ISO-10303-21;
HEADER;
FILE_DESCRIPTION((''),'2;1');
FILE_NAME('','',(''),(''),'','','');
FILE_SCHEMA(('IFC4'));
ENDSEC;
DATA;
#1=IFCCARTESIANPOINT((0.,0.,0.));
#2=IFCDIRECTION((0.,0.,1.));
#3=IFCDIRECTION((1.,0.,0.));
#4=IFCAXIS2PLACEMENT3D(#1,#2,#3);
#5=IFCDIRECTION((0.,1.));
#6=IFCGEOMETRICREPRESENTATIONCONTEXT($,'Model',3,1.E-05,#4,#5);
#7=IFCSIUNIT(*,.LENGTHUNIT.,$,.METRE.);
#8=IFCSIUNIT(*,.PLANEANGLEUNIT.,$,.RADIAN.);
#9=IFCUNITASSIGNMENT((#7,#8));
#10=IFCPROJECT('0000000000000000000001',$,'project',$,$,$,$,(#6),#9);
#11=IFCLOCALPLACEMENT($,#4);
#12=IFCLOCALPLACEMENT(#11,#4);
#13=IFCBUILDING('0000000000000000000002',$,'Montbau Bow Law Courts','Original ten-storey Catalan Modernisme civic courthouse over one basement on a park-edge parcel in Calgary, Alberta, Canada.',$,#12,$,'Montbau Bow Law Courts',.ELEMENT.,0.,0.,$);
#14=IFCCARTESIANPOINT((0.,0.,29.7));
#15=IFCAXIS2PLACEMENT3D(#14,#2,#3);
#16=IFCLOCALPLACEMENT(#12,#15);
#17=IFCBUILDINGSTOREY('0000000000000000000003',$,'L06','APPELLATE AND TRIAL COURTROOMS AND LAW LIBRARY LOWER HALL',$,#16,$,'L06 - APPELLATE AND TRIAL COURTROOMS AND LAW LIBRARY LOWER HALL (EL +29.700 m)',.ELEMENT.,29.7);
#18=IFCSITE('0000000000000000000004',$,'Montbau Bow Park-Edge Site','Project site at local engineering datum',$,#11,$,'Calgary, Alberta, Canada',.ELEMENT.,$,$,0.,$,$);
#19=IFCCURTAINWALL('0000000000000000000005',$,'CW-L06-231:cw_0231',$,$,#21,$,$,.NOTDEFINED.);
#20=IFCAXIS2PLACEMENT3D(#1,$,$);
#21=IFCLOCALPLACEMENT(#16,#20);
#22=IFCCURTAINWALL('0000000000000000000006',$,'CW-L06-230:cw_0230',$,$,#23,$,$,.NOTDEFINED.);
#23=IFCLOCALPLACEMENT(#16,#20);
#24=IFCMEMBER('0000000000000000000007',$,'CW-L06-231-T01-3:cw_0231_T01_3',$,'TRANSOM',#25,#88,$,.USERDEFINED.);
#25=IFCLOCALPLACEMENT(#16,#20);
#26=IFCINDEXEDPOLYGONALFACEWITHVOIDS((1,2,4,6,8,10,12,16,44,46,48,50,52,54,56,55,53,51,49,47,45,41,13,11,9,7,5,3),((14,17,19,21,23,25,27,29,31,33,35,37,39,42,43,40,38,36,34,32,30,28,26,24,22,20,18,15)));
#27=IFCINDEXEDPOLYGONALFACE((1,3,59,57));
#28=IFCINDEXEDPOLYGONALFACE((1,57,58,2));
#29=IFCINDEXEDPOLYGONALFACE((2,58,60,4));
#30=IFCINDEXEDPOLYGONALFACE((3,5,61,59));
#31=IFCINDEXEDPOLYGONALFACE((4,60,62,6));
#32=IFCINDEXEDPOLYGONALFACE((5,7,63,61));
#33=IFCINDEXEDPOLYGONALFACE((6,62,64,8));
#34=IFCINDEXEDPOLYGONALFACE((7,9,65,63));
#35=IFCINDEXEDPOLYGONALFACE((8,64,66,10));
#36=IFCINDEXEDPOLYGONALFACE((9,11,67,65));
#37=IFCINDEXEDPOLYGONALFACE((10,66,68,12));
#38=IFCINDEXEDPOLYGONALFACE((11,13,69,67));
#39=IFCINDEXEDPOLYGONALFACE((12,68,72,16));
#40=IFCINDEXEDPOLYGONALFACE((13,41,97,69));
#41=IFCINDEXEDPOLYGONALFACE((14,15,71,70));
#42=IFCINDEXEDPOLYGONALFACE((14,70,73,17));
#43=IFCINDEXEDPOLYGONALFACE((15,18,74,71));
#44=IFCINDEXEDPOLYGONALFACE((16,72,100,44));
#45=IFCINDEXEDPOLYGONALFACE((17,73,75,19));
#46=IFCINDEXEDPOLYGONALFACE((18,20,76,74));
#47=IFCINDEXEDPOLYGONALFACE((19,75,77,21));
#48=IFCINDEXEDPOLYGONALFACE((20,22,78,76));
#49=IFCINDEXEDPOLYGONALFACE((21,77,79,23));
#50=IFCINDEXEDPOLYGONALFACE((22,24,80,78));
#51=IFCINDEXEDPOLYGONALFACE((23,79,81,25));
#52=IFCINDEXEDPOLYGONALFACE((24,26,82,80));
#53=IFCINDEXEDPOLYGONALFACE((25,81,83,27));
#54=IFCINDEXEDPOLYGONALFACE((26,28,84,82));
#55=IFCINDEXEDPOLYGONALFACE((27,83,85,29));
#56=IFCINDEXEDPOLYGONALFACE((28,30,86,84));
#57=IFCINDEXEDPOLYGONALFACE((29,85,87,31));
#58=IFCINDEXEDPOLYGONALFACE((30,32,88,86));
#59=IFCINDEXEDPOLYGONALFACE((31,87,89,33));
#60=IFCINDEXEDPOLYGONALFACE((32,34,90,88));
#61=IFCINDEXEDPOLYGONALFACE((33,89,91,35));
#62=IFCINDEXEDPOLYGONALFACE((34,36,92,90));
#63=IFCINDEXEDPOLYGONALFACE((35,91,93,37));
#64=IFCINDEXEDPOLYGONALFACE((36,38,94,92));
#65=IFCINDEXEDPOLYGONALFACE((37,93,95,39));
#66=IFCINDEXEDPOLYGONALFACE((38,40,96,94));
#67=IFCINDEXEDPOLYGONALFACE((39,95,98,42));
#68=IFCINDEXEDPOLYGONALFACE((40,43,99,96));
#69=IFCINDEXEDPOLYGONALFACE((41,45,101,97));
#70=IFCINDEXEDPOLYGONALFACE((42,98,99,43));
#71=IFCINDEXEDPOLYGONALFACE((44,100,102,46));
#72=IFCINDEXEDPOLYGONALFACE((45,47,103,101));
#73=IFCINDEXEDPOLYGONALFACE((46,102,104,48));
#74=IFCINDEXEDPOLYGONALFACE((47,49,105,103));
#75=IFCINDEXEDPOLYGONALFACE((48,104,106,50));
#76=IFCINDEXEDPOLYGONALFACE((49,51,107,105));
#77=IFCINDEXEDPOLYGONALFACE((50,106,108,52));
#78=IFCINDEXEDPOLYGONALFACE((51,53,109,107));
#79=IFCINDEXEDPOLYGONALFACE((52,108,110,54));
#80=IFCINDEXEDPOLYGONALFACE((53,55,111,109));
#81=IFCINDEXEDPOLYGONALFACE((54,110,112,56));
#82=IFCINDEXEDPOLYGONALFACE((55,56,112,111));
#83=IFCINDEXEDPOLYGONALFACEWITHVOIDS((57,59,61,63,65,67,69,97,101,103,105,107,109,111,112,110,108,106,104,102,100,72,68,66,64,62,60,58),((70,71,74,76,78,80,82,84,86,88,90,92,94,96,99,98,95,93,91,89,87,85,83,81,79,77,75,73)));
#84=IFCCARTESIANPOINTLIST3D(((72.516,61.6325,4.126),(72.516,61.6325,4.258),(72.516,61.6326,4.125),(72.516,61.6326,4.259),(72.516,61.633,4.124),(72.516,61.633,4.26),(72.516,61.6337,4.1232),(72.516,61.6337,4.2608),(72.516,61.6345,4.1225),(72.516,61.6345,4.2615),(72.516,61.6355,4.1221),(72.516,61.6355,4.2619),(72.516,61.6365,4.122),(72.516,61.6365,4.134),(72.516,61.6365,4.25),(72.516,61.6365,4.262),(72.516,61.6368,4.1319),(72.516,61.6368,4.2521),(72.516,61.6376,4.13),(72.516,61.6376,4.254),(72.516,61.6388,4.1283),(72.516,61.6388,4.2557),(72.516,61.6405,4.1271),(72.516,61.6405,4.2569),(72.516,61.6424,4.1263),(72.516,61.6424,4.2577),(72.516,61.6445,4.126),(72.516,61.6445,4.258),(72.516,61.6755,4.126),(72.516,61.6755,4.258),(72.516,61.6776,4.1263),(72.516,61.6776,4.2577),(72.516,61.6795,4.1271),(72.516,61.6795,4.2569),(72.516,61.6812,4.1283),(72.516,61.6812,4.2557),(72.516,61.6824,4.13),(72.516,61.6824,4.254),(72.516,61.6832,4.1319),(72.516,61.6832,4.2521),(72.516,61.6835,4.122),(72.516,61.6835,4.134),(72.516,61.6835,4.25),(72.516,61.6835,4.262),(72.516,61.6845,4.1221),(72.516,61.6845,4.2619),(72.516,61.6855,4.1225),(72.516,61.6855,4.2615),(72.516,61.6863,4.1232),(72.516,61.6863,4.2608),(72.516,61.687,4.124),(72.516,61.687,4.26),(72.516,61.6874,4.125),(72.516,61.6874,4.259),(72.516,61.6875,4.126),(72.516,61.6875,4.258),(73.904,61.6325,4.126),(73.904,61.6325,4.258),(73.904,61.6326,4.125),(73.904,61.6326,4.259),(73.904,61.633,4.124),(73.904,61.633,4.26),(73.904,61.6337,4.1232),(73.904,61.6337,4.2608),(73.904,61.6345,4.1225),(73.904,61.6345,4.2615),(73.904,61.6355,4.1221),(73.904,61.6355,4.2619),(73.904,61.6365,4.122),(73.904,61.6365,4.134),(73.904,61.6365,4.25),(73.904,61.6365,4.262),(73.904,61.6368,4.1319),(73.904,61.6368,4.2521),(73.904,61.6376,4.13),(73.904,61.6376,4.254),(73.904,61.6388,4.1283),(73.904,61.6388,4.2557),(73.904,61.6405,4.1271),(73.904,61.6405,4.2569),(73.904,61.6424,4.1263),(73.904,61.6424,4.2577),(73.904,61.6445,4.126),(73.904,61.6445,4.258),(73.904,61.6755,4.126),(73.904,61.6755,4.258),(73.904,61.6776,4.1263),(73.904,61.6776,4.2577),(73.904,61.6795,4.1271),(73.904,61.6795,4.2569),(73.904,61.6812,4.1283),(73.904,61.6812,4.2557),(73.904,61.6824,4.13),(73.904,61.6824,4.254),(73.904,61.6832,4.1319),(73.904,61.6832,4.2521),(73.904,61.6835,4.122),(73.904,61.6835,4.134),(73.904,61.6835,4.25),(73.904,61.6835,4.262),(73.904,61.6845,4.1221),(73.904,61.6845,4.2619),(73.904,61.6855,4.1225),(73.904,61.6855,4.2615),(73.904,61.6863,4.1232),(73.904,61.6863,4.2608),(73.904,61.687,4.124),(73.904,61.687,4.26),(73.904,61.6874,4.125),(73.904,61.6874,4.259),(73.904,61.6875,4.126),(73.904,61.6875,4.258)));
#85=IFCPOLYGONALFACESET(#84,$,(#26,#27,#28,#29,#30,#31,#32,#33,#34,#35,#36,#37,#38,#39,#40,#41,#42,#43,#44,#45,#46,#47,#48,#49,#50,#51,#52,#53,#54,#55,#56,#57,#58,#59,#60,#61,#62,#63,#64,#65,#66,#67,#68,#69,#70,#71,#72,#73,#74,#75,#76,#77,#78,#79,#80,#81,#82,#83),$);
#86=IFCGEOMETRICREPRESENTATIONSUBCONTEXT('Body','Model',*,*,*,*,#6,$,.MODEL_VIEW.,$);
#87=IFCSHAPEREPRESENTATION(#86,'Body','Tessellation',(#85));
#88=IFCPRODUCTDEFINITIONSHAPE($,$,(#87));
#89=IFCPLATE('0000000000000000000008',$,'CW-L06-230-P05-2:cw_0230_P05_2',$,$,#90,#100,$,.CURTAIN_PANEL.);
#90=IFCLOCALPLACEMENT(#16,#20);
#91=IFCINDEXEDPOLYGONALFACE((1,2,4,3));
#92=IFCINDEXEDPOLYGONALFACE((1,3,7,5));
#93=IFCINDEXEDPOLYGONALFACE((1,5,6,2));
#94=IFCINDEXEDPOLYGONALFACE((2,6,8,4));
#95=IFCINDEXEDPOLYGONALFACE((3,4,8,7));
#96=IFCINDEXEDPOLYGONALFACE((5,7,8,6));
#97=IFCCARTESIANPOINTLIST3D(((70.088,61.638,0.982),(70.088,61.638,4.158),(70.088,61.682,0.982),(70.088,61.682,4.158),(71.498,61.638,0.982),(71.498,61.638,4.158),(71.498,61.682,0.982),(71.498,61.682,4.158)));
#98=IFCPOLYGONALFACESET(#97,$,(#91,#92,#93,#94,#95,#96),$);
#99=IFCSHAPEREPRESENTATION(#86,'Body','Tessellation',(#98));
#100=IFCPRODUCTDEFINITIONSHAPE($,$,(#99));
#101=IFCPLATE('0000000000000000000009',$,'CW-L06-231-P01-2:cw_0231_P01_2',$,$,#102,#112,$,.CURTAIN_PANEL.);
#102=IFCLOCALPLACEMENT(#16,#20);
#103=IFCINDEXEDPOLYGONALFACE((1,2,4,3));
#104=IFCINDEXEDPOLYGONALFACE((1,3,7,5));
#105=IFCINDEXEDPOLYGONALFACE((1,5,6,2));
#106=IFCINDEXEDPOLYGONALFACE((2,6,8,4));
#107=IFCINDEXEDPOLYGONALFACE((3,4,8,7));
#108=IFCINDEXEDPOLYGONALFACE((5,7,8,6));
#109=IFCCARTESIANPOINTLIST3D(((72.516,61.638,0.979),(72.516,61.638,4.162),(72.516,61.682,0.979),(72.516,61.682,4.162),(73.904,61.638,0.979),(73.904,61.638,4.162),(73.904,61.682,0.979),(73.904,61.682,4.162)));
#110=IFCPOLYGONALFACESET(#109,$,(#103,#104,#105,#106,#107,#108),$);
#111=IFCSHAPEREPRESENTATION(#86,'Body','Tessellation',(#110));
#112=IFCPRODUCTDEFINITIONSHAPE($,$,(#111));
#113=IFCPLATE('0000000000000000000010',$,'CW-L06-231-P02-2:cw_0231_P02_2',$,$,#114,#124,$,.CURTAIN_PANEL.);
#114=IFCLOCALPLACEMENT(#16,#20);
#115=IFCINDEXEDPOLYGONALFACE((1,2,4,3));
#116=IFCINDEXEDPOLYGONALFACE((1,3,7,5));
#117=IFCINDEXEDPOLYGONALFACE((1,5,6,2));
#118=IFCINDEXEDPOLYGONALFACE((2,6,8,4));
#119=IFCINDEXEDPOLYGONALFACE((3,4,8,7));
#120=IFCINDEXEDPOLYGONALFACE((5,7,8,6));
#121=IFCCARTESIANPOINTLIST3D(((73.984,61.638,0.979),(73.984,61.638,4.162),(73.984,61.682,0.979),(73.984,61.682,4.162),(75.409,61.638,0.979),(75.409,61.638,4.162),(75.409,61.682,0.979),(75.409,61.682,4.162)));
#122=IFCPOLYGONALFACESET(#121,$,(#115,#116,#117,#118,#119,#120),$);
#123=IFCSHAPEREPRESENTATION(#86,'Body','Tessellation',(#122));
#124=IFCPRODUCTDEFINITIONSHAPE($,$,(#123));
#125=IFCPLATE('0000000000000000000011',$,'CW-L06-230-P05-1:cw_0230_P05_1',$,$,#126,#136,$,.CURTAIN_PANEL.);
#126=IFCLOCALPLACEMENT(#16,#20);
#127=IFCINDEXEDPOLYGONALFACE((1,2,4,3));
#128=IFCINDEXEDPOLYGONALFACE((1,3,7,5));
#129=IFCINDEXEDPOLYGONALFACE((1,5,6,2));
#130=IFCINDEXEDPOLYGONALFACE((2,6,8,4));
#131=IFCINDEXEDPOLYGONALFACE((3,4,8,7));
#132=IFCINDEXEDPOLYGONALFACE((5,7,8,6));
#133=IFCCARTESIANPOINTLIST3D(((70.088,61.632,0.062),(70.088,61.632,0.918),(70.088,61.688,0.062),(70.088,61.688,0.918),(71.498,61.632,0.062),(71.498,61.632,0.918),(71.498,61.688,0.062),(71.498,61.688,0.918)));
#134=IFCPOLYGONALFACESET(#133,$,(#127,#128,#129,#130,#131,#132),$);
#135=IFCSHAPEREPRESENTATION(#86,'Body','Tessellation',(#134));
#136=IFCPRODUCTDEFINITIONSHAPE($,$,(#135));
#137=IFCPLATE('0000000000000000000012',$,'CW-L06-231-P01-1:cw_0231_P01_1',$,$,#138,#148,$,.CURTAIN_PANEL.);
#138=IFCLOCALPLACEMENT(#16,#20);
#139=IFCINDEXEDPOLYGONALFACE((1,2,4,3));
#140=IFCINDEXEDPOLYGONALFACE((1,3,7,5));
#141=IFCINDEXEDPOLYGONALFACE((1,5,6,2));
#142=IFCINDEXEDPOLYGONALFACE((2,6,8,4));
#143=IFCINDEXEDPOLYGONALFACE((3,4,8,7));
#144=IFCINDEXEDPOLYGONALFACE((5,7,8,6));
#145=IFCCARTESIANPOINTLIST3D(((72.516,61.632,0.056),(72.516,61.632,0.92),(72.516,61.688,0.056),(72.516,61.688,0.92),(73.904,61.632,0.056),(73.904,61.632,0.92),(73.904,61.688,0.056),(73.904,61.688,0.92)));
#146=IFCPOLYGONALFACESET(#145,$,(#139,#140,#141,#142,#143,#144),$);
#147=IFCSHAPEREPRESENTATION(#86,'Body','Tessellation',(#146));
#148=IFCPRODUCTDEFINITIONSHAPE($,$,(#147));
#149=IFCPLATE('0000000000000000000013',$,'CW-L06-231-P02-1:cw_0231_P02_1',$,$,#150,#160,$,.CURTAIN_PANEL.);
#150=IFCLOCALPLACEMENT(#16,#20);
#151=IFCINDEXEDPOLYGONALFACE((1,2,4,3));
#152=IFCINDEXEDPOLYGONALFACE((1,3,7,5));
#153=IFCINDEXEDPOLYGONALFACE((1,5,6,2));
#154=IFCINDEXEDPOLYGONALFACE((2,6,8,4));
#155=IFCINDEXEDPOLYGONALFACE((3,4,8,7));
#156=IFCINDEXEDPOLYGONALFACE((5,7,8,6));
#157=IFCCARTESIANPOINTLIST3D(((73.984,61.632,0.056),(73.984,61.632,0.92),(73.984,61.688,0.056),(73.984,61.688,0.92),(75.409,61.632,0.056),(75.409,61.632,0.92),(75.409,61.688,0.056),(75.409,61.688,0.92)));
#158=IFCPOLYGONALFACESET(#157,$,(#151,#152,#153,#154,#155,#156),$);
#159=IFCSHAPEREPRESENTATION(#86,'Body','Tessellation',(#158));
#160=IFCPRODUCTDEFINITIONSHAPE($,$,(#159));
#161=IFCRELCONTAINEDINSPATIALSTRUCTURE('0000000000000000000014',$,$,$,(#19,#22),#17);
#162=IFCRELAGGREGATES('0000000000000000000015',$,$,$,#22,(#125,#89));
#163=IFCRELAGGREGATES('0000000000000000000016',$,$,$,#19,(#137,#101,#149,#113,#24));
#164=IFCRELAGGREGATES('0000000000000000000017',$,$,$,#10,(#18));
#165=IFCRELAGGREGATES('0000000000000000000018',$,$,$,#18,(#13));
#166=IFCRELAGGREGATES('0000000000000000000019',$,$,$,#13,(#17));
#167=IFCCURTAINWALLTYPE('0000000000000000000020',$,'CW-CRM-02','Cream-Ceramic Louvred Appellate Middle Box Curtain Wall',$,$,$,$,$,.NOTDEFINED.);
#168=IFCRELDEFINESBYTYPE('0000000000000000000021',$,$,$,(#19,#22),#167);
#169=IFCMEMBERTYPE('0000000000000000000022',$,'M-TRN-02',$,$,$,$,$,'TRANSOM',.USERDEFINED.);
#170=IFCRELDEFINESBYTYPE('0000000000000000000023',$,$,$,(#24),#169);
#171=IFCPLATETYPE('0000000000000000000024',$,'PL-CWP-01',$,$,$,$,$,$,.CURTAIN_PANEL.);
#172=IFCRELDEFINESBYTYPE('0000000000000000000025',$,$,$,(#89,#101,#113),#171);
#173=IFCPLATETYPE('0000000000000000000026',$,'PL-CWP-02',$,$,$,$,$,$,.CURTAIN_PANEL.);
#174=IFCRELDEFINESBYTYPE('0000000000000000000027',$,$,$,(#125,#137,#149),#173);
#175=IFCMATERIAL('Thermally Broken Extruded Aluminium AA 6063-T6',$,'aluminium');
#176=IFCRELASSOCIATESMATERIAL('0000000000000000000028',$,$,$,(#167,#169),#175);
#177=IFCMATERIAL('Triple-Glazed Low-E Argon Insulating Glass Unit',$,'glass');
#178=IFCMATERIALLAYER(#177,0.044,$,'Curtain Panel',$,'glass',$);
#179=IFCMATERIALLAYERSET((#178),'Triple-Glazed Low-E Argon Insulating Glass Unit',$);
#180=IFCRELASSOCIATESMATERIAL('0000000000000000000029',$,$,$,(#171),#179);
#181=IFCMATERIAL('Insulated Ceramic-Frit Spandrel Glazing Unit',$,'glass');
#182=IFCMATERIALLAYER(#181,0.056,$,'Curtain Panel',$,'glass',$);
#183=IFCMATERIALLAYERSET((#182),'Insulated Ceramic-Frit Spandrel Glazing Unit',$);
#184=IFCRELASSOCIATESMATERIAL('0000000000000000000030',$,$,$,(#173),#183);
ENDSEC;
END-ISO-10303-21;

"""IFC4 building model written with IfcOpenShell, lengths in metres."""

from ifc_helpers import new_model, si_unit, direction, frame, frame_2d, origin_with_axes, origin_2d_with_axis, place, context, subcontext, project, spatial, rectangle, hollow_rectangle, extrude, material, layer, layer_set, material_profile, profile_set, type_object, element, aggregate, save


model = new_model("IFC4")

# Units and contexts
model_context = context("Model", 3, precision=1e-05, world=origin_with_axes(), true_north=direction((0.0, 1.0)))
body_context = subcontext(model_context, "Body", "Model", "MODEL_VIEW")
ifc_project = project(units=[si_unit("LENGTHUNIT", "METRE"), si_unit("PLANEANGLEUNIT", "RADIAN")], contexts=[model_context])

# Site, building, storey
site_placement = place(None, origin_with_axes())
site = spatial("IfcSite", under=ifc_project, at=site_placement, Name="Montbau Bow Park-Edge Site", Description="Project site at local engineering datum", LongName="Calgary, Alberta, Canada", CompositionType="ELEMENT", RefElevation=0.0)
building_placement = place(site_placement, origin_with_axes())
building = spatial("IfcBuilding", under=site, at=building_placement, Name="Montbau Bow Law Courts", Description="Original ten-storey Catalan Modernisme civic courthouse over one basement on a park-edge parcel in Calgary, Alberta, Canada.", LongName="Montbau Bow Law Courts", CompositionType="ELEMENT", ElevationOfRefHeight=0.0, ElevationOfTerrain=0.0)
storey_placement = place(building_placement, frame((0.0, 0.0, 29.7), z_axis=(0.0, 0.0, 1.0), x_axis=(1.0, 0.0, 0.0)))
storey = spatial("IfcBuildingStorey", under=building, at=storey_placement, Name="L06", Description="APPELLATE AND TRIAL COURTROOMS AND LAW LIBRARY LOWER HALL", LongName="L06 - APPELLATE AND TRIAL COURTROOMS AND LAW LIBRARY LOWER HALL (EL +29.700 m)", CompositionType="ELEMENT", Elevation=29.7)

# Curtain walls
ifc_material_1 = material(Name="Thermally Broken Extruded Aluminium AA 6063-T6", Category="aluminium")
curtain_wall_type = type_object("IfcCurtainWallType", Name="CW-CRM-02", Description="Cream-Ceramic Louvred Appellate Middle Box Curtain Wall", PredefinedType="NOTDEFINED", material=ifc_material_1)
curtain_wall_1_placement = place(None, frame((72.44, 61.66, 29.7), z_axis=(0.0, 0.0, 1.0), x_axis=(1.0, 0.0, 0.0)))
curtain_wall_1 = element("IfcCurtainWall", 1, at=curtain_wall_1_placement, inside=storey, type_object=curtain_wall_type, Name="CW-L06-231:cw_0231", PredefinedType="NOTDEFINED")
curtain_wall_2_placement = place(None, frame((64.04, 61.66, 29.7), z_axis=(0.0, 0.0, 1.0), x_axis=(1.0, 0.0, 0.0)))
curtain_wall_2 = element("IfcCurtainWall", 2, at=curtain_wall_2_placement, inside=storey, type_object=curtain_wall_type, Name="CW-L06-230:cw_0230", PredefinedType="NOTDEFINED")

# Member
ifc_material_profile_1 = material_profile(ifc_material_1, hollow_rectangle(XDim=0.055, YDim=0.14, WallThickness=0.004, InnerFilletRadius=0.008, OuterFilletRadius=0.004, at=origin_2d_with_axis()), Name="CWT-140X55", Category="Main", Priority=0)
ifc_profile_set_1 = profile_set([ifc_material_profile_1], Name="Thermally Broken Extruded Aluminium AA 6063-T6")
member_type_1 = type_object("IfcMemberType", Name="M-TRN-02", ElementType="TRANSOM", PredefinedType="USERDEFINED", material=ifc_profile_set_1)
member_1_placement = place(None, frame((72.516, 61.66, 33.892), z_axis=(1.0, 0.0, 0.0), x_axis=(0.0, 1.0, 0.0)))
member_1 = element("IfcMember", 3, at=member_1_placement, type_object=member_type_1, Name="CW-L06-231-T01-3:cw_0231_T01_3", ObjectType="TRANSOM", PredefinedType="USERDEFINED", context=body_context, shape_type="SweptSolid", body=[
    extrude(hollow_rectangle(XDim=0.055, YDim=0.14, WallThickness=0.004, InnerFilletRadius=0.008, OuterFilletRadius=0.004, at=origin_2d_with_axis()), origin_with_axes(), (0.0, 0.0, 1.0), 1.388),
])

# Plates
ifc_material_2 = material(Name="Triple-Glazed Low-E Argon Insulating Glass Unit", Category="glass")
ifc_layer_1 = layer(ifc_material_2, 0.044, Name="Curtain Panel", Category="glass")
ifc_layer_set_1 = layer_set([ifc_layer_1], Name="Triple-Glazed Low-E Argon Insulating Glass Unit")
plate_type_1 = type_object("IfcPlateType", Name="PL-CWP-01", PredefinedType="CURTAIN_PANEL", material=ifc_layer_set_1)
plate_1_placement = place(None, frame((70.088, 61.66, 30.682), z_axis=(0.0, -1.0, 0.0), x_axis=(1.0, 0.0, 0.0)))
plate_1 = element("IfcPlate", 4, at=plate_1_placement, type_object=plate_type_1, Name="CW-L06-230-P05-2:cw_0230_P05_2", PredefinedType="CURTAIN_PANEL", context=body_context, shape_type="SweptSolid", body=[
    extrude(rectangle(XDim=1.41, YDim=3.176, at=frame_2d((0.705, 1.588), x_axis=(1.0, 0.0))), frame((0.0, 0.0, -0.022), z_axis=(0.0, 0.0, 1.0), x_axis=(1.0, 0.0, 0.0)), (0.0, 0.0, 1.0), 0.044),
])
plate_2_placement = place(None, frame((72.516, 61.66, 30.679), z_axis=(0.0, -1.0, 0.0), x_axis=(1.0, 0.0, 0.0)))
plate_2 = element("IfcPlate", 5, at=plate_2_placement, type_object=plate_type_1, Name="CW-L06-231-P01-2:cw_0231_P01_2", PredefinedType="CURTAIN_PANEL", context=body_context, shape_type="SweptSolid", body=[
    extrude(rectangle(XDim=1.388, YDim=3.183, at=frame_2d((0.694, 1.5915), x_axis=(1.0, 0.0))), frame((0.0, 0.0, -0.022), z_axis=(0.0, 0.0, 1.0), x_axis=(1.0, 0.0, 0.0)), (0.0, 0.0, 1.0), 0.044),
])
plate_3_placement = place(None, frame((73.984, 61.66, 30.679), z_axis=(0.0, -1.0, 0.0), x_axis=(1.0, 0.0, 0.0)))
plate_3 = element("IfcPlate", 6, at=plate_3_placement, type_object=plate_type_1, Name="CW-L06-231-P02-2:cw_0231_P02_2", PredefinedType="CURTAIN_PANEL", context=body_context, shape_type="SweptSolid", body=[
    extrude(rectangle(XDim=1.425, YDim=3.183, at=frame_2d((0.7125, 1.5915), x_axis=(1.0, 0.0))), frame((0.0, 0.0, -0.022), z_axis=(0.0, 0.0, 1.0), x_axis=(1.0, 0.0, 0.0)), (0.0, 0.0, 1.0), 0.044),
])
ifc_material_3 = material(Name="Insulated Ceramic-Frit Spandrel Glazing Unit", Category="glass")
ifc_layer_2 = layer(ifc_material_3, 0.056, Name="Curtain Panel", Category="glass")
ifc_layer_set_2 = layer_set([ifc_layer_2], Name="Insulated Ceramic-Frit Spandrel Glazing Unit")
plate_type_2 = type_object("IfcPlateType", Name="PL-CWP-02", PredefinedType="CURTAIN_PANEL", material=ifc_layer_set_2)
plate_4_placement = place(None, frame((70.088, 61.66, 29.762), z_axis=(0.0, -1.0, 0.0), x_axis=(1.0, 0.0, 0.0)))
plate_4 = element("IfcPlate", 7, at=plate_4_placement, type_object=plate_type_2, Name="CW-L06-230-P05-1:cw_0230_P05_1", PredefinedType="CURTAIN_PANEL", context=body_context, shape_type="SweptSolid", body=[
    extrude(rectangle(XDim=1.41, YDim=0.856, at=frame_2d((0.705, 0.428), x_axis=(1.0, 0.0))), frame((0.0, 0.0, -0.028), z_axis=(0.0, 0.0, 1.0), x_axis=(1.0, 0.0, 0.0)), (0.0, 0.0, 1.0), 0.056),
])
aggregate(curtain_wall_2, [plate_4, plate_1])
plate_5_placement = place(None, frame((72.516, 61.66, 29.756), z_axis=(0.0, -1.0, 0.0), x_axis=(1.0, 0.0, 0.0)))
plate_5 = element("IfcPlate", 8, at=plate_5_placement, type_object=plate_type_2, Name="CW-L06-231-P01-1:cw_0231_P01_1", PredefinedType="CURTAIN_PANEL", context=body_context, shape_type="SweptSolid", body=[
    extrude(rectangle(XDim=1.388, YDim=0.864, at=frame_2d((0.694, 0.432), x_axis=(1.0, 0.0))), frame((0.0, 0.0, -0.028), z_axis=(0.0, 0.0, 1.0), x_axis=(1.0, 0.0, 0.0)), (0.0, 0.0, 1.0), 0.056),
])
plate_6_placement = place(None, frame((73.984, 61.66, 29.756), z_axis=(0.0, -1.0, 0.0), x_axis=(1.0, 0.0, 0.0)))
plate_6 = element("IfcPlate", 9, at=plate_6_placement, type_object=plate_type_2, Name="CW-L06-231-P02-1:cw_0231_P02_1", PredefinedType="CURTAIN_PANEL", context=body_context, shape_type="SweptSolid", body=[
    extrude(rectangle(XDim=1.425, YDim=0.864, at=frame_2d((0.7125, 0.432), x_axis=(1.0, 0.0))), frame((0.0, 0.0, -0.028), z_axis=(0.0, 0.0, 1.0), x_axis=(1.0, 0.0, 0.0)), (0.0, 0.0, 1.0), 0.056),
])
aggregate(curtain_wall_1, [plate_5, plate_2, plate_6, plate_3, member_1])

save(model, "model.ifc")
